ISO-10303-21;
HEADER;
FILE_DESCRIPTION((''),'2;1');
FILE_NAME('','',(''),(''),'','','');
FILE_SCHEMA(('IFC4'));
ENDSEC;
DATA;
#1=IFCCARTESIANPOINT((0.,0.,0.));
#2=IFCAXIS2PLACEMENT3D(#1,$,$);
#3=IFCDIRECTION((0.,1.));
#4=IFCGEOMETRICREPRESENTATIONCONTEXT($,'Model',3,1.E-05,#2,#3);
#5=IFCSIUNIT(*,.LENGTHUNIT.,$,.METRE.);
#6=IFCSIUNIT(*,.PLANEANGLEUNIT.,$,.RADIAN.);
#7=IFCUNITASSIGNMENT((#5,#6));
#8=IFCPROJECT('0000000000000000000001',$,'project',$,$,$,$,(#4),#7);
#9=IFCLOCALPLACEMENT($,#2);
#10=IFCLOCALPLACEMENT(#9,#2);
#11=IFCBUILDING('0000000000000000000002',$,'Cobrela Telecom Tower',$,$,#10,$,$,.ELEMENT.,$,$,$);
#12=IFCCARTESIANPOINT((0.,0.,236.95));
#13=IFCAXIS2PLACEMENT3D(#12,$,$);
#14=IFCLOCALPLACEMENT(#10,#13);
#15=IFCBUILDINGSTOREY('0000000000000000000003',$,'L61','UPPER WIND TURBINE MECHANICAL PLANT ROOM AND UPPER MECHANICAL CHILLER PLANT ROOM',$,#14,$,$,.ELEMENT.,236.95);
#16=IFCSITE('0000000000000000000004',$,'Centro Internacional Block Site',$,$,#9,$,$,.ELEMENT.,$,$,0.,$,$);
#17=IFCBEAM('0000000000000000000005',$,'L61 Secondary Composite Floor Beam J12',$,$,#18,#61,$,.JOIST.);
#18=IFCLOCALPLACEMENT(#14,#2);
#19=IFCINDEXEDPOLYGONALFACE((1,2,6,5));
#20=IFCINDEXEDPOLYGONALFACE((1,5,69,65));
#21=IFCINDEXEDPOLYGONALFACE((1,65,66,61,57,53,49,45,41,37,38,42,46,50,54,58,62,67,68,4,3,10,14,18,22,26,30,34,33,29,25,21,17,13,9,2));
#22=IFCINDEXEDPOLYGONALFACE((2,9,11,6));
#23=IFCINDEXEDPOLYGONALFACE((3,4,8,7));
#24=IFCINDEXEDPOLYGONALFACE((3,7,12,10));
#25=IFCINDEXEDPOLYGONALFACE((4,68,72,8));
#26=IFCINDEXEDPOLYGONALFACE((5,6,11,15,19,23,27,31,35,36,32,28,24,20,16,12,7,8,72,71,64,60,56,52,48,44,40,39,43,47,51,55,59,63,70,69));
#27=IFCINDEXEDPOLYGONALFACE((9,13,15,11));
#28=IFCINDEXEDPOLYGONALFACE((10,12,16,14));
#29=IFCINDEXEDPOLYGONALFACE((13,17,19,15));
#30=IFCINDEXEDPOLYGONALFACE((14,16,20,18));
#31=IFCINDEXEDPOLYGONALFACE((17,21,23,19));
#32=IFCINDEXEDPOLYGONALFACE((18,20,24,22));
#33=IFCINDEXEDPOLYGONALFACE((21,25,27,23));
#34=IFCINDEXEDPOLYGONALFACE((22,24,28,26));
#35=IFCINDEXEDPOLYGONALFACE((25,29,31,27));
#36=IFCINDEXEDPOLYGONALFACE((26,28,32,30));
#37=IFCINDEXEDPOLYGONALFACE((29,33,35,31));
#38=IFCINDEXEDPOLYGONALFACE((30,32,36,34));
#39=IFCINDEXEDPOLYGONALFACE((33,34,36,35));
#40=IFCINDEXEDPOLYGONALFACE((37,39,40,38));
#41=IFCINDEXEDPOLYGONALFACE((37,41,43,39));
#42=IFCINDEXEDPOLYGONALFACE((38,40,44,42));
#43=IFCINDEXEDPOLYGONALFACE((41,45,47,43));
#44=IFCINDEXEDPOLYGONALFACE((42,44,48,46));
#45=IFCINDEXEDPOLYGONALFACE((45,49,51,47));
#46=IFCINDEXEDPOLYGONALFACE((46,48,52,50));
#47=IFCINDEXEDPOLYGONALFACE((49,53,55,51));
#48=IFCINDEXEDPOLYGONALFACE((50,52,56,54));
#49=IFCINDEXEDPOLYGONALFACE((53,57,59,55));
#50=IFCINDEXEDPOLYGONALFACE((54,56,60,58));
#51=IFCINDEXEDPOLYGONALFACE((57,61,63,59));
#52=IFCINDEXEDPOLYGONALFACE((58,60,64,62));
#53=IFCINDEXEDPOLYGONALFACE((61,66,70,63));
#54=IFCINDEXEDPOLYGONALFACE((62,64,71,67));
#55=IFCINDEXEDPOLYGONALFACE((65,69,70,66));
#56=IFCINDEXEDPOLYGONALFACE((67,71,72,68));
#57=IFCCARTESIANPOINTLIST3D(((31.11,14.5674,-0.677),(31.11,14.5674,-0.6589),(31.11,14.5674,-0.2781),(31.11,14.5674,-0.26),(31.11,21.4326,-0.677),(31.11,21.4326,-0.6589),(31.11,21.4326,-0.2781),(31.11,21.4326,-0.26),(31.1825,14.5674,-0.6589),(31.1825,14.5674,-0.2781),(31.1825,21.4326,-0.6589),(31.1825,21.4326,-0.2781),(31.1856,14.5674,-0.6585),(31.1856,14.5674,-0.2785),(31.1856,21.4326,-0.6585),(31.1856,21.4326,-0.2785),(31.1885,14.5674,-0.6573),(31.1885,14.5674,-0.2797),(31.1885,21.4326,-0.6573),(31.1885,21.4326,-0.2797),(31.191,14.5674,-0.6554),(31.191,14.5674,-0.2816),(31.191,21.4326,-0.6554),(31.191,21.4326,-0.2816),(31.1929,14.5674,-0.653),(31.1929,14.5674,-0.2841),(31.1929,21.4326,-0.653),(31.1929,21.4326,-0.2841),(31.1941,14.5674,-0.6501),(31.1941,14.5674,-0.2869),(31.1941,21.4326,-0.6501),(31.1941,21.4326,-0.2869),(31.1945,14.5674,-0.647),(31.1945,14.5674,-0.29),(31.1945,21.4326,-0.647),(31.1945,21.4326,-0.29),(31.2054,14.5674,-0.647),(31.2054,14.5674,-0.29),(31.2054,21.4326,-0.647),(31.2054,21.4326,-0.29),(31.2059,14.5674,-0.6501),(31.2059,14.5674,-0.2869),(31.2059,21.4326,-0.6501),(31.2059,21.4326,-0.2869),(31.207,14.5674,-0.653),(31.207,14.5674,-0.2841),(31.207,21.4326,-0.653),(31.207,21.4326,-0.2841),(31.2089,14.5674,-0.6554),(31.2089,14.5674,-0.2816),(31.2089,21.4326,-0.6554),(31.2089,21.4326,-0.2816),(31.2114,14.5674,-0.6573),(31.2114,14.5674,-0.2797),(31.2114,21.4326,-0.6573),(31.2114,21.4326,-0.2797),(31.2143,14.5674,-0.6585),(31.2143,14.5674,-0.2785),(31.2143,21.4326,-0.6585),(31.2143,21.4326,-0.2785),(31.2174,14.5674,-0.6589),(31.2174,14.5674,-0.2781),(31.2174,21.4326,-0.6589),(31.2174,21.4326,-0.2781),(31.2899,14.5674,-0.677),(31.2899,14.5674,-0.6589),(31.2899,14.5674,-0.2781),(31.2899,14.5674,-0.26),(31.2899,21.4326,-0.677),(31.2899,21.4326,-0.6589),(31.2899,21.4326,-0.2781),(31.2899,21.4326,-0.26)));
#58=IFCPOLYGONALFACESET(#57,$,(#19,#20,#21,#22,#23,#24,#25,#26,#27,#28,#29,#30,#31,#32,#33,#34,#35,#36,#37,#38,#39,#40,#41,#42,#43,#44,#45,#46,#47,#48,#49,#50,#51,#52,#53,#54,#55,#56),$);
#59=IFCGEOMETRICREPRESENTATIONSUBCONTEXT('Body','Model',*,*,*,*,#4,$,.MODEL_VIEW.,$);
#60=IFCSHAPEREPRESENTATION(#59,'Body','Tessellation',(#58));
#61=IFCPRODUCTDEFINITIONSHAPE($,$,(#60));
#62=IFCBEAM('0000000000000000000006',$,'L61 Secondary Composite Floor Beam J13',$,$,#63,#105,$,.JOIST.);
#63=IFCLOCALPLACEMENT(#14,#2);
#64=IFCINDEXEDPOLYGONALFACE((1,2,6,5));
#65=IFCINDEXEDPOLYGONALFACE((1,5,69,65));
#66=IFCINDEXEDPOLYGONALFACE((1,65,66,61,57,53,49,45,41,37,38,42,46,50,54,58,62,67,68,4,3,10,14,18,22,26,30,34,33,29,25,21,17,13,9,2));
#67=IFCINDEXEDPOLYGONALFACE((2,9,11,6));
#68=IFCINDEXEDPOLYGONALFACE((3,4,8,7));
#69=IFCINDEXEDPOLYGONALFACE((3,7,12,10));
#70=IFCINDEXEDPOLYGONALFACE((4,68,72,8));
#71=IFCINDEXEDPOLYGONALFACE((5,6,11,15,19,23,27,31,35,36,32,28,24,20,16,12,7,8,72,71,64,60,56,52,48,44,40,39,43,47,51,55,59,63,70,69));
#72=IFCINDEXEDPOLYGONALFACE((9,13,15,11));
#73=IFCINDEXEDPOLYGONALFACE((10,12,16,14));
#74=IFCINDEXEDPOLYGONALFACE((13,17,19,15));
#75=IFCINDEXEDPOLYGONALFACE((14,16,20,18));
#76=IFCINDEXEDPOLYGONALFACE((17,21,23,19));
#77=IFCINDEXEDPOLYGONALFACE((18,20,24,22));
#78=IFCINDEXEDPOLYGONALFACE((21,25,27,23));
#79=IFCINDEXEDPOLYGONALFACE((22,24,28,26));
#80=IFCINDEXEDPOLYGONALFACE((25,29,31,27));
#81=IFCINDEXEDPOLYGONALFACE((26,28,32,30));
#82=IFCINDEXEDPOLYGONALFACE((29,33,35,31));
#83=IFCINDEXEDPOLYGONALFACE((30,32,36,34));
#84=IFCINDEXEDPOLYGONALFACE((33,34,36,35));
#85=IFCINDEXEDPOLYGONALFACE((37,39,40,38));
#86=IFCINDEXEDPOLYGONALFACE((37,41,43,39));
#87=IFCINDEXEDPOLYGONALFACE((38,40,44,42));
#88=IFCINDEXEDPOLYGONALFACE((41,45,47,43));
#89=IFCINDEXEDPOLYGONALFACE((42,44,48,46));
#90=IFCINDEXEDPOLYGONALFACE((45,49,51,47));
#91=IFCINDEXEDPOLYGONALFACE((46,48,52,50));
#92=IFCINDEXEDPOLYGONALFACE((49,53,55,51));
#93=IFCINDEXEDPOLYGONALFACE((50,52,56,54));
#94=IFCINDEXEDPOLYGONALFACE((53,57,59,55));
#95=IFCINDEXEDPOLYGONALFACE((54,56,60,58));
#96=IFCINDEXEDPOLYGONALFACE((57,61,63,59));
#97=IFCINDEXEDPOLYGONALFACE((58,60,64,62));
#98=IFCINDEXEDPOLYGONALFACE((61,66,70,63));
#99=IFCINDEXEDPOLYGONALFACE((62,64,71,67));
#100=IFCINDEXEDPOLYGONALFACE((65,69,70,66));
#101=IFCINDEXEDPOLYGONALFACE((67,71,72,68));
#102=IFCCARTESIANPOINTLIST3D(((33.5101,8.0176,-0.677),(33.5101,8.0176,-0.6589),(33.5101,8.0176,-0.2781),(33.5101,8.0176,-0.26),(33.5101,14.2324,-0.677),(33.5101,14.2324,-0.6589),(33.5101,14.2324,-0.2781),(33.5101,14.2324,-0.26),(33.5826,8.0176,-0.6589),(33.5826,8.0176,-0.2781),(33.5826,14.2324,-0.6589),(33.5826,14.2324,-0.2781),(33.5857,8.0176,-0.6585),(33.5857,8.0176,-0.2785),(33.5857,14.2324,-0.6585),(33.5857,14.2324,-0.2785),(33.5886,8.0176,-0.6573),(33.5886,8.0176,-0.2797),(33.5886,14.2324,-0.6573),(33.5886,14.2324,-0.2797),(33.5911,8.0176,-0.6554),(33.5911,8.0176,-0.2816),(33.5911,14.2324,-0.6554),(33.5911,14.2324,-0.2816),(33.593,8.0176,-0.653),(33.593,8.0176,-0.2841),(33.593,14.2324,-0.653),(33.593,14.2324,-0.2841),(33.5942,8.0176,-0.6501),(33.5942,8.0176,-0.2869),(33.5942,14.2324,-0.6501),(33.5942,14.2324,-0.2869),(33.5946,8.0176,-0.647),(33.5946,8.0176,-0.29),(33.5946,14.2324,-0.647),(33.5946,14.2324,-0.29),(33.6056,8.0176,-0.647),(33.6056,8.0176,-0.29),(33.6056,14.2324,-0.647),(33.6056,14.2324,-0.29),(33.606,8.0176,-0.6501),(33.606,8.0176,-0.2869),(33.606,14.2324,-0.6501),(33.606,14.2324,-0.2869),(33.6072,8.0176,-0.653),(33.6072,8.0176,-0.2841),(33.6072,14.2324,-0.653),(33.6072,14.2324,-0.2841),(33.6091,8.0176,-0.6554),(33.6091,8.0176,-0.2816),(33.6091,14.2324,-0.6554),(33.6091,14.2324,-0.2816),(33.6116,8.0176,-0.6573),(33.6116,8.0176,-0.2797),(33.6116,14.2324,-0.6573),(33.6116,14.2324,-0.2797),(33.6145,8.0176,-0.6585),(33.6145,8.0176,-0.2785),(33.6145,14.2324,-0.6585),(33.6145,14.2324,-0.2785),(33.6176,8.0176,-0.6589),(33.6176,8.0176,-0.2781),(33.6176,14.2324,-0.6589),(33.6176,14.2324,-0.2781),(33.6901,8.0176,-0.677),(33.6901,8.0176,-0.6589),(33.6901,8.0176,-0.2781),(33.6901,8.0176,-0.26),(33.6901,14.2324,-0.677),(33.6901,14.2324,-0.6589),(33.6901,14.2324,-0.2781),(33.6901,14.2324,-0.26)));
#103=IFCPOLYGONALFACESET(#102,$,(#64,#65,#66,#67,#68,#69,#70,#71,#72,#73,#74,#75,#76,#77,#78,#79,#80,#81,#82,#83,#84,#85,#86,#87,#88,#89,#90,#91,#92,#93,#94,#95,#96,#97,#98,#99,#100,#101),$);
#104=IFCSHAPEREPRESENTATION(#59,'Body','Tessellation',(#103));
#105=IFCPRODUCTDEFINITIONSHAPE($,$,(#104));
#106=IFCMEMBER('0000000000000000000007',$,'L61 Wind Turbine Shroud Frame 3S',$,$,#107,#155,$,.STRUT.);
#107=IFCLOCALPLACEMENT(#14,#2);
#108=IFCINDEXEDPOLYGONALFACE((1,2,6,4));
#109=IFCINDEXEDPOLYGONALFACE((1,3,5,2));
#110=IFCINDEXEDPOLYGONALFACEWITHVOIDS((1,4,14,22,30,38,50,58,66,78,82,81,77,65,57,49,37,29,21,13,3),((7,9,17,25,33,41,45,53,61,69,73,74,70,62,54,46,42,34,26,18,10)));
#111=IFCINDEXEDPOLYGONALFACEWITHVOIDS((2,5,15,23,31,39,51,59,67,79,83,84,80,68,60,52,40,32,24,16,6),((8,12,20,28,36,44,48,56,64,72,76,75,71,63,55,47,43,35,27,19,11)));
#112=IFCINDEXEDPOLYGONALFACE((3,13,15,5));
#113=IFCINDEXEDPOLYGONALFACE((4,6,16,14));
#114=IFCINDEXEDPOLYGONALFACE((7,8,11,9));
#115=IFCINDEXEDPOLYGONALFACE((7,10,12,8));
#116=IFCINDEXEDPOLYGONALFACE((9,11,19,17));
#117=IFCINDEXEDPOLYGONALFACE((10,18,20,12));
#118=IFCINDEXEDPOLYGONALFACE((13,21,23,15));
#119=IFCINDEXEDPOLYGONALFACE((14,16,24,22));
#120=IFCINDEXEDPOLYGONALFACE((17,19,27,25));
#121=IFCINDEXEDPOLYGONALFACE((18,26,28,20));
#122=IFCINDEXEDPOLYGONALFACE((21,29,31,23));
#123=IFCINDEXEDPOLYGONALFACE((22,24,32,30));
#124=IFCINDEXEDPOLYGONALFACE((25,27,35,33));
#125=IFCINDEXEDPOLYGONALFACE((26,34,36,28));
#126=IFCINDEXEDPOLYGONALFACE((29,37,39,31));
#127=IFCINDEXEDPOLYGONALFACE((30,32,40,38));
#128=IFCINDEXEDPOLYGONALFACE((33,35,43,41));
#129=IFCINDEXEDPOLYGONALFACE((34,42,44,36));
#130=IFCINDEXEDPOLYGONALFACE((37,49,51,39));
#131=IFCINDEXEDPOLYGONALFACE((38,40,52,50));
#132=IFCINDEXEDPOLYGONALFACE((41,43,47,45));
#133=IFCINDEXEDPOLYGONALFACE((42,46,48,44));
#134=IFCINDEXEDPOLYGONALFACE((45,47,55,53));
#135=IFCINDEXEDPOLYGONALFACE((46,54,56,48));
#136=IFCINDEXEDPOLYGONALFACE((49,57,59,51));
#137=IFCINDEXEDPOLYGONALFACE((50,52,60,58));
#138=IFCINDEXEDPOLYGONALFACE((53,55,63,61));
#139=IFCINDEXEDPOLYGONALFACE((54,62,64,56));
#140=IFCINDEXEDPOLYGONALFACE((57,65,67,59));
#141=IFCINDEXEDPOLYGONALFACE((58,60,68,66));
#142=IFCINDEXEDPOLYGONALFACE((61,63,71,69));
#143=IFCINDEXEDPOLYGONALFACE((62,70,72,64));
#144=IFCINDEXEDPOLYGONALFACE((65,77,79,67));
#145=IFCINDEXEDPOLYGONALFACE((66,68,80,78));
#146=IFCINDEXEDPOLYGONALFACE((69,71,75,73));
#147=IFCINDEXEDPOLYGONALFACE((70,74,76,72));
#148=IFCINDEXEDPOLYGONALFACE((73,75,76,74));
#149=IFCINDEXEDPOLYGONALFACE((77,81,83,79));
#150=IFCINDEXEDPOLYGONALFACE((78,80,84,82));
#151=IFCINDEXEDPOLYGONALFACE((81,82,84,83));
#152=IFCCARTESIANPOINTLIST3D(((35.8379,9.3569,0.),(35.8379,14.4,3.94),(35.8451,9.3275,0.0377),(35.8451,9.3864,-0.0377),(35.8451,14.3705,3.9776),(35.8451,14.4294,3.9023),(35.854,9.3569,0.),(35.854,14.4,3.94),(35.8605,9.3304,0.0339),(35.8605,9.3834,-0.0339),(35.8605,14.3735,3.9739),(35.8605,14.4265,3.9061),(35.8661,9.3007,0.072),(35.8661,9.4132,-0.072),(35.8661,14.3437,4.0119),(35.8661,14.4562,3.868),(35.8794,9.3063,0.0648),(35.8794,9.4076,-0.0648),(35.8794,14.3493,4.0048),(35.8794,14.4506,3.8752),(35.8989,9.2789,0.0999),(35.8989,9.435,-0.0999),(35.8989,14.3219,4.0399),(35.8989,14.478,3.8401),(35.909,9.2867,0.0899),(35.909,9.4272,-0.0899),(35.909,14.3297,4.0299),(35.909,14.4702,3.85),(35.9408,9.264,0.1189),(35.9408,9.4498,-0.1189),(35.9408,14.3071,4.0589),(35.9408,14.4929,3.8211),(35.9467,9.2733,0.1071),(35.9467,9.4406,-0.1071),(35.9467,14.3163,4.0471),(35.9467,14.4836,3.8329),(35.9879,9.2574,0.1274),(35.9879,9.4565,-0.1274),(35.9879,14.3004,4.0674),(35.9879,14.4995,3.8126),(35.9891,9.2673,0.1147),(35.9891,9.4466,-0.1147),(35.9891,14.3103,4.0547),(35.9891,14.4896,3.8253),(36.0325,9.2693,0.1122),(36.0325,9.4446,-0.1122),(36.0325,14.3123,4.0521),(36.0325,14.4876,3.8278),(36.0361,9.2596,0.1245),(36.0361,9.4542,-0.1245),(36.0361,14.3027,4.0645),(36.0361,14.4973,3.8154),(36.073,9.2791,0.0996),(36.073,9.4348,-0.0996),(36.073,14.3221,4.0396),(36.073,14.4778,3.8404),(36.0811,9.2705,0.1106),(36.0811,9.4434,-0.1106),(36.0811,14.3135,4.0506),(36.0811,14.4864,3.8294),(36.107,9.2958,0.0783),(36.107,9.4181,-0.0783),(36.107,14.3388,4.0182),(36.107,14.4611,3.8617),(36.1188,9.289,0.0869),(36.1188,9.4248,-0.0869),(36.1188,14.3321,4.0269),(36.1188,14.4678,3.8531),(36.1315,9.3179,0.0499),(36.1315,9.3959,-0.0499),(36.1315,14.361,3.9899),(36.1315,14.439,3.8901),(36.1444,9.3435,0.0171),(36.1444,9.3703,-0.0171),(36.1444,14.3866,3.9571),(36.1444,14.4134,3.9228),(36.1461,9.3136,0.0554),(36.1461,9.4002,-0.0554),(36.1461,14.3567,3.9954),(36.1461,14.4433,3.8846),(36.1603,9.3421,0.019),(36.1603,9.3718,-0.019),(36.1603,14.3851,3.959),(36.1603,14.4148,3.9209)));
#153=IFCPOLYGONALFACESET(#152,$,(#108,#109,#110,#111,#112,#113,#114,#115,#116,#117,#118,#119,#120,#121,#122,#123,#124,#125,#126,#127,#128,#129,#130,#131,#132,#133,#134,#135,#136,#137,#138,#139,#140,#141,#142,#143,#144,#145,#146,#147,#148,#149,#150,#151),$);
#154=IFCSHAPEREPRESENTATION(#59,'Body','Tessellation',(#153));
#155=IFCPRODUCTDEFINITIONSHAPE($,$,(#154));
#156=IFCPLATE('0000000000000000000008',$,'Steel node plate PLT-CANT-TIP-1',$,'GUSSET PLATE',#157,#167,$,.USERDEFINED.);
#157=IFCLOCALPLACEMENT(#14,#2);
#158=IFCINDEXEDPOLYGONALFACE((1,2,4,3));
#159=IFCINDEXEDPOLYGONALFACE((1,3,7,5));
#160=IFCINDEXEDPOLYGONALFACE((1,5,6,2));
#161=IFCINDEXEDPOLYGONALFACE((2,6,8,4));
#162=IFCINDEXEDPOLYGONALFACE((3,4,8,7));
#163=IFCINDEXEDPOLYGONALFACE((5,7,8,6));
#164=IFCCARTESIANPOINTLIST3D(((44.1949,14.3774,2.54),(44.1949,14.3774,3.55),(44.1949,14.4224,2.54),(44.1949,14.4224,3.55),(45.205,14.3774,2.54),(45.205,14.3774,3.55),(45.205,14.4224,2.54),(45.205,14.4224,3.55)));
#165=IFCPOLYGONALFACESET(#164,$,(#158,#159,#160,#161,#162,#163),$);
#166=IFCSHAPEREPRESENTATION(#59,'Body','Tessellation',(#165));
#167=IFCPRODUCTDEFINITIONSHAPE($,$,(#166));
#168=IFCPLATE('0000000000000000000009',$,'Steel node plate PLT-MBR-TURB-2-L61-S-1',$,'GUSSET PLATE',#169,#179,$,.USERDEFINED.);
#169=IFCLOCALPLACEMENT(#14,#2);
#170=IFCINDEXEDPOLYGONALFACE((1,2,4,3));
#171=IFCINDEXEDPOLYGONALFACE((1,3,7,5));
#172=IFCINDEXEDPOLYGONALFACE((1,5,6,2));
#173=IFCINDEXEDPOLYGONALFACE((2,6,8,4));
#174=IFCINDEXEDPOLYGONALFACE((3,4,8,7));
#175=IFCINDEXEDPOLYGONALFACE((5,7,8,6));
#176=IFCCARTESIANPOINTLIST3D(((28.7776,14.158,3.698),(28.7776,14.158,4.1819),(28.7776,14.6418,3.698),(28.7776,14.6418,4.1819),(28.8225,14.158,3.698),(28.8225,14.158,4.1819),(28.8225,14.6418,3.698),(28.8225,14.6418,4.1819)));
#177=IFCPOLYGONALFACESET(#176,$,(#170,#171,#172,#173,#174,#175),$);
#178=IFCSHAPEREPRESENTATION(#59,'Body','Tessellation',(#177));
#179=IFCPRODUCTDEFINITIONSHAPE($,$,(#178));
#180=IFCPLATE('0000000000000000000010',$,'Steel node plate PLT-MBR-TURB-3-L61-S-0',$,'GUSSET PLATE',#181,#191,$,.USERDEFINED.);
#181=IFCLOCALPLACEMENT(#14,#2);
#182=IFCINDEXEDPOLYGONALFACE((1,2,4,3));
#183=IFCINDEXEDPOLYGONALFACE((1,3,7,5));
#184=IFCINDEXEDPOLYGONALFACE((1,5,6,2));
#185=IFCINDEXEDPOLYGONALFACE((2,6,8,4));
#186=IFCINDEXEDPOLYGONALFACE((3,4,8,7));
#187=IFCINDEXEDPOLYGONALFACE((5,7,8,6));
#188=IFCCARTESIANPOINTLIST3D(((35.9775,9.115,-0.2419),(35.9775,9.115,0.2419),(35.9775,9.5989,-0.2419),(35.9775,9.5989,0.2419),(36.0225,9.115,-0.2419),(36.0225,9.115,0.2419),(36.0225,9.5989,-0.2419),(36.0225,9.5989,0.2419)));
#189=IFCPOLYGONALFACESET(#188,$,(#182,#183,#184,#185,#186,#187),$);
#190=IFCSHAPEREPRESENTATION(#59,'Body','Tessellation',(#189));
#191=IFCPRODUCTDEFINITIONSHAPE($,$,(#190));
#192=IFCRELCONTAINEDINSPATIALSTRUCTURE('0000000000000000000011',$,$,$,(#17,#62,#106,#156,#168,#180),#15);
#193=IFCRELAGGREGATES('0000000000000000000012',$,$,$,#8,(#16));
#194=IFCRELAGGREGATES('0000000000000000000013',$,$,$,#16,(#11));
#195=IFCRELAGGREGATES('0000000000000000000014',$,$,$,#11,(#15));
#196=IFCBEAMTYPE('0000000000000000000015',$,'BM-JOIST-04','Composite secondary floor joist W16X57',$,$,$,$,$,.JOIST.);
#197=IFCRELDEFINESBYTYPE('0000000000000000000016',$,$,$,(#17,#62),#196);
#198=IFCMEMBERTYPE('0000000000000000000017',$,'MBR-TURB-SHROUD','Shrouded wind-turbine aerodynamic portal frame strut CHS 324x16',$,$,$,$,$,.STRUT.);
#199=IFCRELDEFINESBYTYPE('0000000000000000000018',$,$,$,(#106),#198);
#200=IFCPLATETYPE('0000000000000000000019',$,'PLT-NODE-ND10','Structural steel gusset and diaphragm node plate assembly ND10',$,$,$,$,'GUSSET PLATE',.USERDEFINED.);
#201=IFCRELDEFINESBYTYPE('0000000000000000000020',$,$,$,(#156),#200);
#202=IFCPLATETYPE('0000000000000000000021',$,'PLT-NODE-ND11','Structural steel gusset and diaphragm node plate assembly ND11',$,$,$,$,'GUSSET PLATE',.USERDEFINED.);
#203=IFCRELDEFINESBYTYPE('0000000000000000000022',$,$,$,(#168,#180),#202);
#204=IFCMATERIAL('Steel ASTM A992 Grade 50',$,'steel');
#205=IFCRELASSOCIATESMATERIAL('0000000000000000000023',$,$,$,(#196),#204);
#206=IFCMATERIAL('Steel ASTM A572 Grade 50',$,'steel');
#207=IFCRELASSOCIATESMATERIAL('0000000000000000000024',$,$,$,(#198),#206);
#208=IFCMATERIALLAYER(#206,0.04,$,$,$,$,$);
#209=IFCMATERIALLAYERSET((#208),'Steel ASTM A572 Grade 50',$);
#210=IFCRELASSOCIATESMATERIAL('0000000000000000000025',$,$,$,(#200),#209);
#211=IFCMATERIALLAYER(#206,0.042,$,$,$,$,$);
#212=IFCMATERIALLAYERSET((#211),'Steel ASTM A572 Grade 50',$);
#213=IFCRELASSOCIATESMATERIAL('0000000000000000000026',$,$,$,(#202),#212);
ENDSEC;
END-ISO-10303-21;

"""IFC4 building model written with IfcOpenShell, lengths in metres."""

from ifc_helpers import new_model, si_unit, direction, frame, origin, origin_2d, place, context, subcontext, project, spatial, rectangle, hollow_circle, i_section, extrude, material, layer, layer_set, material_profile, profile_set, type_object, element, save


model = new_model("IFC4")

# Units and contexts
model_context = context("Model", 3, precision=1e-05, world=origin(), true_north=direction((0.0, 1.0)))
body_context = subcontext(model_context, "Body", "Model", "MODEL_VIEW")
ifc_project = project(units=[si_unit("LENGTHUNIT", "METRE"), si_unit("PLANEANGLEUNIT", "RADIAN")], contexts=[model_context])

# Site, building, storey
site_placement = place(None, origin())
site = spatial("IfcSite", under=ifc_project, at=site_placement, Name="Centro Internacional Block Site", CompositionType="ELEMENT", RefElevation=0.0)
building_placement = place(site_placement, origin())
building = spatial("IfcBuilding", under=site, at=building_placement, Name="Cobrela Telecom Tower", CompositionType="ELEMENT")
storey_placement = place(building_placement, frame((0.0, 0.0, 236.95)))
storey = spatial("IfcBuildingStorey", under=building, at=storey_placement, Name="L61", Description="UPPER WIND TURBINE MECHANICAL PLANT ROOM AND UPPER MECHANICAL CHILLER PLANT ROOM", CompositionType="ELEMENT", Elevation=236.95)

# Shared definitions
ifc_material_1 = material(Name="Steel ASTM A572 Grade 50", Category="steel")
ifc_material_2 = material(Name="Steel ASTM A992 Grade 50", Category="steel")

# Beams
ifc_material_profile_1 = material_profile(ifc_material_2, i_section(OverallWidth=0.1799, OverallDepth=0.417, WebThickness=0.011, FlangeThickness=0.0181, FilletRadius=0.012, at=origin_2d()), Name="W16X57")
ifc_profile_set_1 = profile_set([ifc_material_profile_1], Name="Steel ASTM A992 Grade 50")
beam_type_1 = type_object("IfcBeamType", Name="BM-JOIST-04", Description="Composite secondary floor joist W16X57", PredefinedType="JOIST", material=ifc_profile_set_1)
beam_1_placement = place(storey_placement, frame((31.2, 14.5674, -0.4685), z_axis=(0.0, 1.0, 0.0), x_axis=(-1.0, 0.0, 0.0)))
element("IfcBeam", 1, at=beam_1_placement, inside=storey, type_object=beam_type_1, Name="L61 Secondary Composite Floor Beam J12", PredefinedType="JOIST", context=body_context, shape_type="SweptSolid", body=[
    extrude(i_section(OverallWidth=0.1799, OverallDepth=0.417, WebThickness=0.011, FlangeThickness=0.0181, FilletRadius=0.012, at=origin_2d()), origin(), (0.0, 0.0, 1.0), 6.8652),
])
beam_2_placement = place(storey_placement, frame((33.6001, 8.0176, -0.4685), z_axis=(0.0, 1.0, 0.0), x_axis=(-1.0, 0.0, 0.0)))
element("IfcBeam", 2, at=beam_2_placement, inside=storey, type_object=beam_type_1, Name="L61 Secondary Composite Floor Beam J13", PredefinedType="JOIST", context=body_context, shape_type="SweptSolid", body=[
    extrude(i_section(OverallWidth=0.1799, OverallDepth=0.417, WebThickness=0.011, FlangeThickness=0.0181, FilletRadius=0.012, at=origin_2d()), origin(), (0.0, 0.0, 1.0), 6.2148),
])

# Member
ifc_material_profile_2 = material_profile(ifc_material_1, hollow_circle(Radius=0.1621, WallThickness=0.0161, at=origin_2d()), Name="CHS 324x16")
ifc_profile_set_2 = profile_set([ifc_material_profile_2], Name="Steel ASTM A572 Grade 50")
member_type = type_object("IfcMemberType", Name="MBR-TURB-SHROUD", Description="Shrouded wind-turbine aerodynamic portal frame strut CHS 324x16", PredefinedType="STRUT", material=ifc_profile_set_2)
member_placement = place(storey_placement, frame((36.0, 9.3569, 0.0), z_axis=(0.0, 0.788015, 0.615656), x_axis=(-1.0, 0.0, 0.0)))
element("IfcMember", 3, at=member_placement, inside=storey, type_object=member_type, Name="L61 Wind Turbine Shroud Frame 3S", PredefinedType="STRUT", context=body_context, shape_type="SweptSolid", body=[
    extrude(hollow_circle(Radius=0.1621, WallThickness=0.0161, at=origin_2d()), origin(), (0.0, 0.0, 1.0), 6.3997),
])

# Plates
ifc_layer_1 = layer(ifc_material_1, 0.04)
ifc_layer_set_1 = layer_set([ifc_layer_1], Name="Steel ASTM A572 Grade 50")
plate_type_1 = type_object("IfcPlateType", Name="PLT-NODE-ND10", Description="Structural steel gusset and diaphragm node plate assembly ND10", ElementType="GUSSET PLATE", PredefinedType="USERDEFINED", material=ifc_layer_set_1)
plate_placement = place(storey_placement, frame((44.7, 14.3999, 2.54), z_axis=(0.0, 0.0, 1.0), x_axis=(1.0, 0.0, 0.0)))
element("IfcPlate", 4, at=plate_placement, inside=storey, type_object=plate_type_1, Name="Steel node plate PLT-CANT-TIP-1", ObjectType="GUSSET PLATE", PredefinedType="USERDEFINED", context=body_context, shape_type="SweptSolid", body=[
    extrude(rectangle(XDim=1.01, YDim=0.0449, at=origin_2d()), origin(), (0.0, 0.0, 1.0), 1.01),
])
ifc_layer_2 = layer(ifc_material_1, 0.042)
ifc_layer_set_2 = layer_set([ifc_layer_2], Name="Steel ASTM A572 Grade 50")
plate_type_2 = type_object("IfcPlateType", Name="PLT-NODE-ND11", Description="Structural steel gusset and diaphragm node plate assembly ND11", ElementType="GUSSET PLATE", PredefinedType="USERDEFINED", material=ifc_layer_set_2)
for number, where, z_axis, x_axis, name in (
    (5, (28.8, 14.3999, 3.698), (0.0, 0.0, 1.0), (0.0, 1.0, 0.0), "Steel node plate PLT-MBR-TURB-2-L61-S-1"),
    (6, (36.0, 9.3569, -0.2419), (0.0, 0.0, 1.0), (0.0, 1.0, 0.0), "Steel node plate PLT-MBR-TURB-3-L61-S-0"),
):
    element("IfcPlate", number, at=place(storey_placement, frame(where, z_axis=z_axis, x_axis=x_axis)), inside=storey, type_object=plate_type_2, Name=name, ObjectType="GUSSET PLATE", PredefinedType="USERDEFINED", context=body_context, shape_type="SweptSolid", body=[
        extrude(rectangle(XDim=0.4839, YDim=0.0449, at=origin_2d()), origin(), (0.0, 0.0, 1.0), 0.4839),
    ])

save(model, "model.ifc")
